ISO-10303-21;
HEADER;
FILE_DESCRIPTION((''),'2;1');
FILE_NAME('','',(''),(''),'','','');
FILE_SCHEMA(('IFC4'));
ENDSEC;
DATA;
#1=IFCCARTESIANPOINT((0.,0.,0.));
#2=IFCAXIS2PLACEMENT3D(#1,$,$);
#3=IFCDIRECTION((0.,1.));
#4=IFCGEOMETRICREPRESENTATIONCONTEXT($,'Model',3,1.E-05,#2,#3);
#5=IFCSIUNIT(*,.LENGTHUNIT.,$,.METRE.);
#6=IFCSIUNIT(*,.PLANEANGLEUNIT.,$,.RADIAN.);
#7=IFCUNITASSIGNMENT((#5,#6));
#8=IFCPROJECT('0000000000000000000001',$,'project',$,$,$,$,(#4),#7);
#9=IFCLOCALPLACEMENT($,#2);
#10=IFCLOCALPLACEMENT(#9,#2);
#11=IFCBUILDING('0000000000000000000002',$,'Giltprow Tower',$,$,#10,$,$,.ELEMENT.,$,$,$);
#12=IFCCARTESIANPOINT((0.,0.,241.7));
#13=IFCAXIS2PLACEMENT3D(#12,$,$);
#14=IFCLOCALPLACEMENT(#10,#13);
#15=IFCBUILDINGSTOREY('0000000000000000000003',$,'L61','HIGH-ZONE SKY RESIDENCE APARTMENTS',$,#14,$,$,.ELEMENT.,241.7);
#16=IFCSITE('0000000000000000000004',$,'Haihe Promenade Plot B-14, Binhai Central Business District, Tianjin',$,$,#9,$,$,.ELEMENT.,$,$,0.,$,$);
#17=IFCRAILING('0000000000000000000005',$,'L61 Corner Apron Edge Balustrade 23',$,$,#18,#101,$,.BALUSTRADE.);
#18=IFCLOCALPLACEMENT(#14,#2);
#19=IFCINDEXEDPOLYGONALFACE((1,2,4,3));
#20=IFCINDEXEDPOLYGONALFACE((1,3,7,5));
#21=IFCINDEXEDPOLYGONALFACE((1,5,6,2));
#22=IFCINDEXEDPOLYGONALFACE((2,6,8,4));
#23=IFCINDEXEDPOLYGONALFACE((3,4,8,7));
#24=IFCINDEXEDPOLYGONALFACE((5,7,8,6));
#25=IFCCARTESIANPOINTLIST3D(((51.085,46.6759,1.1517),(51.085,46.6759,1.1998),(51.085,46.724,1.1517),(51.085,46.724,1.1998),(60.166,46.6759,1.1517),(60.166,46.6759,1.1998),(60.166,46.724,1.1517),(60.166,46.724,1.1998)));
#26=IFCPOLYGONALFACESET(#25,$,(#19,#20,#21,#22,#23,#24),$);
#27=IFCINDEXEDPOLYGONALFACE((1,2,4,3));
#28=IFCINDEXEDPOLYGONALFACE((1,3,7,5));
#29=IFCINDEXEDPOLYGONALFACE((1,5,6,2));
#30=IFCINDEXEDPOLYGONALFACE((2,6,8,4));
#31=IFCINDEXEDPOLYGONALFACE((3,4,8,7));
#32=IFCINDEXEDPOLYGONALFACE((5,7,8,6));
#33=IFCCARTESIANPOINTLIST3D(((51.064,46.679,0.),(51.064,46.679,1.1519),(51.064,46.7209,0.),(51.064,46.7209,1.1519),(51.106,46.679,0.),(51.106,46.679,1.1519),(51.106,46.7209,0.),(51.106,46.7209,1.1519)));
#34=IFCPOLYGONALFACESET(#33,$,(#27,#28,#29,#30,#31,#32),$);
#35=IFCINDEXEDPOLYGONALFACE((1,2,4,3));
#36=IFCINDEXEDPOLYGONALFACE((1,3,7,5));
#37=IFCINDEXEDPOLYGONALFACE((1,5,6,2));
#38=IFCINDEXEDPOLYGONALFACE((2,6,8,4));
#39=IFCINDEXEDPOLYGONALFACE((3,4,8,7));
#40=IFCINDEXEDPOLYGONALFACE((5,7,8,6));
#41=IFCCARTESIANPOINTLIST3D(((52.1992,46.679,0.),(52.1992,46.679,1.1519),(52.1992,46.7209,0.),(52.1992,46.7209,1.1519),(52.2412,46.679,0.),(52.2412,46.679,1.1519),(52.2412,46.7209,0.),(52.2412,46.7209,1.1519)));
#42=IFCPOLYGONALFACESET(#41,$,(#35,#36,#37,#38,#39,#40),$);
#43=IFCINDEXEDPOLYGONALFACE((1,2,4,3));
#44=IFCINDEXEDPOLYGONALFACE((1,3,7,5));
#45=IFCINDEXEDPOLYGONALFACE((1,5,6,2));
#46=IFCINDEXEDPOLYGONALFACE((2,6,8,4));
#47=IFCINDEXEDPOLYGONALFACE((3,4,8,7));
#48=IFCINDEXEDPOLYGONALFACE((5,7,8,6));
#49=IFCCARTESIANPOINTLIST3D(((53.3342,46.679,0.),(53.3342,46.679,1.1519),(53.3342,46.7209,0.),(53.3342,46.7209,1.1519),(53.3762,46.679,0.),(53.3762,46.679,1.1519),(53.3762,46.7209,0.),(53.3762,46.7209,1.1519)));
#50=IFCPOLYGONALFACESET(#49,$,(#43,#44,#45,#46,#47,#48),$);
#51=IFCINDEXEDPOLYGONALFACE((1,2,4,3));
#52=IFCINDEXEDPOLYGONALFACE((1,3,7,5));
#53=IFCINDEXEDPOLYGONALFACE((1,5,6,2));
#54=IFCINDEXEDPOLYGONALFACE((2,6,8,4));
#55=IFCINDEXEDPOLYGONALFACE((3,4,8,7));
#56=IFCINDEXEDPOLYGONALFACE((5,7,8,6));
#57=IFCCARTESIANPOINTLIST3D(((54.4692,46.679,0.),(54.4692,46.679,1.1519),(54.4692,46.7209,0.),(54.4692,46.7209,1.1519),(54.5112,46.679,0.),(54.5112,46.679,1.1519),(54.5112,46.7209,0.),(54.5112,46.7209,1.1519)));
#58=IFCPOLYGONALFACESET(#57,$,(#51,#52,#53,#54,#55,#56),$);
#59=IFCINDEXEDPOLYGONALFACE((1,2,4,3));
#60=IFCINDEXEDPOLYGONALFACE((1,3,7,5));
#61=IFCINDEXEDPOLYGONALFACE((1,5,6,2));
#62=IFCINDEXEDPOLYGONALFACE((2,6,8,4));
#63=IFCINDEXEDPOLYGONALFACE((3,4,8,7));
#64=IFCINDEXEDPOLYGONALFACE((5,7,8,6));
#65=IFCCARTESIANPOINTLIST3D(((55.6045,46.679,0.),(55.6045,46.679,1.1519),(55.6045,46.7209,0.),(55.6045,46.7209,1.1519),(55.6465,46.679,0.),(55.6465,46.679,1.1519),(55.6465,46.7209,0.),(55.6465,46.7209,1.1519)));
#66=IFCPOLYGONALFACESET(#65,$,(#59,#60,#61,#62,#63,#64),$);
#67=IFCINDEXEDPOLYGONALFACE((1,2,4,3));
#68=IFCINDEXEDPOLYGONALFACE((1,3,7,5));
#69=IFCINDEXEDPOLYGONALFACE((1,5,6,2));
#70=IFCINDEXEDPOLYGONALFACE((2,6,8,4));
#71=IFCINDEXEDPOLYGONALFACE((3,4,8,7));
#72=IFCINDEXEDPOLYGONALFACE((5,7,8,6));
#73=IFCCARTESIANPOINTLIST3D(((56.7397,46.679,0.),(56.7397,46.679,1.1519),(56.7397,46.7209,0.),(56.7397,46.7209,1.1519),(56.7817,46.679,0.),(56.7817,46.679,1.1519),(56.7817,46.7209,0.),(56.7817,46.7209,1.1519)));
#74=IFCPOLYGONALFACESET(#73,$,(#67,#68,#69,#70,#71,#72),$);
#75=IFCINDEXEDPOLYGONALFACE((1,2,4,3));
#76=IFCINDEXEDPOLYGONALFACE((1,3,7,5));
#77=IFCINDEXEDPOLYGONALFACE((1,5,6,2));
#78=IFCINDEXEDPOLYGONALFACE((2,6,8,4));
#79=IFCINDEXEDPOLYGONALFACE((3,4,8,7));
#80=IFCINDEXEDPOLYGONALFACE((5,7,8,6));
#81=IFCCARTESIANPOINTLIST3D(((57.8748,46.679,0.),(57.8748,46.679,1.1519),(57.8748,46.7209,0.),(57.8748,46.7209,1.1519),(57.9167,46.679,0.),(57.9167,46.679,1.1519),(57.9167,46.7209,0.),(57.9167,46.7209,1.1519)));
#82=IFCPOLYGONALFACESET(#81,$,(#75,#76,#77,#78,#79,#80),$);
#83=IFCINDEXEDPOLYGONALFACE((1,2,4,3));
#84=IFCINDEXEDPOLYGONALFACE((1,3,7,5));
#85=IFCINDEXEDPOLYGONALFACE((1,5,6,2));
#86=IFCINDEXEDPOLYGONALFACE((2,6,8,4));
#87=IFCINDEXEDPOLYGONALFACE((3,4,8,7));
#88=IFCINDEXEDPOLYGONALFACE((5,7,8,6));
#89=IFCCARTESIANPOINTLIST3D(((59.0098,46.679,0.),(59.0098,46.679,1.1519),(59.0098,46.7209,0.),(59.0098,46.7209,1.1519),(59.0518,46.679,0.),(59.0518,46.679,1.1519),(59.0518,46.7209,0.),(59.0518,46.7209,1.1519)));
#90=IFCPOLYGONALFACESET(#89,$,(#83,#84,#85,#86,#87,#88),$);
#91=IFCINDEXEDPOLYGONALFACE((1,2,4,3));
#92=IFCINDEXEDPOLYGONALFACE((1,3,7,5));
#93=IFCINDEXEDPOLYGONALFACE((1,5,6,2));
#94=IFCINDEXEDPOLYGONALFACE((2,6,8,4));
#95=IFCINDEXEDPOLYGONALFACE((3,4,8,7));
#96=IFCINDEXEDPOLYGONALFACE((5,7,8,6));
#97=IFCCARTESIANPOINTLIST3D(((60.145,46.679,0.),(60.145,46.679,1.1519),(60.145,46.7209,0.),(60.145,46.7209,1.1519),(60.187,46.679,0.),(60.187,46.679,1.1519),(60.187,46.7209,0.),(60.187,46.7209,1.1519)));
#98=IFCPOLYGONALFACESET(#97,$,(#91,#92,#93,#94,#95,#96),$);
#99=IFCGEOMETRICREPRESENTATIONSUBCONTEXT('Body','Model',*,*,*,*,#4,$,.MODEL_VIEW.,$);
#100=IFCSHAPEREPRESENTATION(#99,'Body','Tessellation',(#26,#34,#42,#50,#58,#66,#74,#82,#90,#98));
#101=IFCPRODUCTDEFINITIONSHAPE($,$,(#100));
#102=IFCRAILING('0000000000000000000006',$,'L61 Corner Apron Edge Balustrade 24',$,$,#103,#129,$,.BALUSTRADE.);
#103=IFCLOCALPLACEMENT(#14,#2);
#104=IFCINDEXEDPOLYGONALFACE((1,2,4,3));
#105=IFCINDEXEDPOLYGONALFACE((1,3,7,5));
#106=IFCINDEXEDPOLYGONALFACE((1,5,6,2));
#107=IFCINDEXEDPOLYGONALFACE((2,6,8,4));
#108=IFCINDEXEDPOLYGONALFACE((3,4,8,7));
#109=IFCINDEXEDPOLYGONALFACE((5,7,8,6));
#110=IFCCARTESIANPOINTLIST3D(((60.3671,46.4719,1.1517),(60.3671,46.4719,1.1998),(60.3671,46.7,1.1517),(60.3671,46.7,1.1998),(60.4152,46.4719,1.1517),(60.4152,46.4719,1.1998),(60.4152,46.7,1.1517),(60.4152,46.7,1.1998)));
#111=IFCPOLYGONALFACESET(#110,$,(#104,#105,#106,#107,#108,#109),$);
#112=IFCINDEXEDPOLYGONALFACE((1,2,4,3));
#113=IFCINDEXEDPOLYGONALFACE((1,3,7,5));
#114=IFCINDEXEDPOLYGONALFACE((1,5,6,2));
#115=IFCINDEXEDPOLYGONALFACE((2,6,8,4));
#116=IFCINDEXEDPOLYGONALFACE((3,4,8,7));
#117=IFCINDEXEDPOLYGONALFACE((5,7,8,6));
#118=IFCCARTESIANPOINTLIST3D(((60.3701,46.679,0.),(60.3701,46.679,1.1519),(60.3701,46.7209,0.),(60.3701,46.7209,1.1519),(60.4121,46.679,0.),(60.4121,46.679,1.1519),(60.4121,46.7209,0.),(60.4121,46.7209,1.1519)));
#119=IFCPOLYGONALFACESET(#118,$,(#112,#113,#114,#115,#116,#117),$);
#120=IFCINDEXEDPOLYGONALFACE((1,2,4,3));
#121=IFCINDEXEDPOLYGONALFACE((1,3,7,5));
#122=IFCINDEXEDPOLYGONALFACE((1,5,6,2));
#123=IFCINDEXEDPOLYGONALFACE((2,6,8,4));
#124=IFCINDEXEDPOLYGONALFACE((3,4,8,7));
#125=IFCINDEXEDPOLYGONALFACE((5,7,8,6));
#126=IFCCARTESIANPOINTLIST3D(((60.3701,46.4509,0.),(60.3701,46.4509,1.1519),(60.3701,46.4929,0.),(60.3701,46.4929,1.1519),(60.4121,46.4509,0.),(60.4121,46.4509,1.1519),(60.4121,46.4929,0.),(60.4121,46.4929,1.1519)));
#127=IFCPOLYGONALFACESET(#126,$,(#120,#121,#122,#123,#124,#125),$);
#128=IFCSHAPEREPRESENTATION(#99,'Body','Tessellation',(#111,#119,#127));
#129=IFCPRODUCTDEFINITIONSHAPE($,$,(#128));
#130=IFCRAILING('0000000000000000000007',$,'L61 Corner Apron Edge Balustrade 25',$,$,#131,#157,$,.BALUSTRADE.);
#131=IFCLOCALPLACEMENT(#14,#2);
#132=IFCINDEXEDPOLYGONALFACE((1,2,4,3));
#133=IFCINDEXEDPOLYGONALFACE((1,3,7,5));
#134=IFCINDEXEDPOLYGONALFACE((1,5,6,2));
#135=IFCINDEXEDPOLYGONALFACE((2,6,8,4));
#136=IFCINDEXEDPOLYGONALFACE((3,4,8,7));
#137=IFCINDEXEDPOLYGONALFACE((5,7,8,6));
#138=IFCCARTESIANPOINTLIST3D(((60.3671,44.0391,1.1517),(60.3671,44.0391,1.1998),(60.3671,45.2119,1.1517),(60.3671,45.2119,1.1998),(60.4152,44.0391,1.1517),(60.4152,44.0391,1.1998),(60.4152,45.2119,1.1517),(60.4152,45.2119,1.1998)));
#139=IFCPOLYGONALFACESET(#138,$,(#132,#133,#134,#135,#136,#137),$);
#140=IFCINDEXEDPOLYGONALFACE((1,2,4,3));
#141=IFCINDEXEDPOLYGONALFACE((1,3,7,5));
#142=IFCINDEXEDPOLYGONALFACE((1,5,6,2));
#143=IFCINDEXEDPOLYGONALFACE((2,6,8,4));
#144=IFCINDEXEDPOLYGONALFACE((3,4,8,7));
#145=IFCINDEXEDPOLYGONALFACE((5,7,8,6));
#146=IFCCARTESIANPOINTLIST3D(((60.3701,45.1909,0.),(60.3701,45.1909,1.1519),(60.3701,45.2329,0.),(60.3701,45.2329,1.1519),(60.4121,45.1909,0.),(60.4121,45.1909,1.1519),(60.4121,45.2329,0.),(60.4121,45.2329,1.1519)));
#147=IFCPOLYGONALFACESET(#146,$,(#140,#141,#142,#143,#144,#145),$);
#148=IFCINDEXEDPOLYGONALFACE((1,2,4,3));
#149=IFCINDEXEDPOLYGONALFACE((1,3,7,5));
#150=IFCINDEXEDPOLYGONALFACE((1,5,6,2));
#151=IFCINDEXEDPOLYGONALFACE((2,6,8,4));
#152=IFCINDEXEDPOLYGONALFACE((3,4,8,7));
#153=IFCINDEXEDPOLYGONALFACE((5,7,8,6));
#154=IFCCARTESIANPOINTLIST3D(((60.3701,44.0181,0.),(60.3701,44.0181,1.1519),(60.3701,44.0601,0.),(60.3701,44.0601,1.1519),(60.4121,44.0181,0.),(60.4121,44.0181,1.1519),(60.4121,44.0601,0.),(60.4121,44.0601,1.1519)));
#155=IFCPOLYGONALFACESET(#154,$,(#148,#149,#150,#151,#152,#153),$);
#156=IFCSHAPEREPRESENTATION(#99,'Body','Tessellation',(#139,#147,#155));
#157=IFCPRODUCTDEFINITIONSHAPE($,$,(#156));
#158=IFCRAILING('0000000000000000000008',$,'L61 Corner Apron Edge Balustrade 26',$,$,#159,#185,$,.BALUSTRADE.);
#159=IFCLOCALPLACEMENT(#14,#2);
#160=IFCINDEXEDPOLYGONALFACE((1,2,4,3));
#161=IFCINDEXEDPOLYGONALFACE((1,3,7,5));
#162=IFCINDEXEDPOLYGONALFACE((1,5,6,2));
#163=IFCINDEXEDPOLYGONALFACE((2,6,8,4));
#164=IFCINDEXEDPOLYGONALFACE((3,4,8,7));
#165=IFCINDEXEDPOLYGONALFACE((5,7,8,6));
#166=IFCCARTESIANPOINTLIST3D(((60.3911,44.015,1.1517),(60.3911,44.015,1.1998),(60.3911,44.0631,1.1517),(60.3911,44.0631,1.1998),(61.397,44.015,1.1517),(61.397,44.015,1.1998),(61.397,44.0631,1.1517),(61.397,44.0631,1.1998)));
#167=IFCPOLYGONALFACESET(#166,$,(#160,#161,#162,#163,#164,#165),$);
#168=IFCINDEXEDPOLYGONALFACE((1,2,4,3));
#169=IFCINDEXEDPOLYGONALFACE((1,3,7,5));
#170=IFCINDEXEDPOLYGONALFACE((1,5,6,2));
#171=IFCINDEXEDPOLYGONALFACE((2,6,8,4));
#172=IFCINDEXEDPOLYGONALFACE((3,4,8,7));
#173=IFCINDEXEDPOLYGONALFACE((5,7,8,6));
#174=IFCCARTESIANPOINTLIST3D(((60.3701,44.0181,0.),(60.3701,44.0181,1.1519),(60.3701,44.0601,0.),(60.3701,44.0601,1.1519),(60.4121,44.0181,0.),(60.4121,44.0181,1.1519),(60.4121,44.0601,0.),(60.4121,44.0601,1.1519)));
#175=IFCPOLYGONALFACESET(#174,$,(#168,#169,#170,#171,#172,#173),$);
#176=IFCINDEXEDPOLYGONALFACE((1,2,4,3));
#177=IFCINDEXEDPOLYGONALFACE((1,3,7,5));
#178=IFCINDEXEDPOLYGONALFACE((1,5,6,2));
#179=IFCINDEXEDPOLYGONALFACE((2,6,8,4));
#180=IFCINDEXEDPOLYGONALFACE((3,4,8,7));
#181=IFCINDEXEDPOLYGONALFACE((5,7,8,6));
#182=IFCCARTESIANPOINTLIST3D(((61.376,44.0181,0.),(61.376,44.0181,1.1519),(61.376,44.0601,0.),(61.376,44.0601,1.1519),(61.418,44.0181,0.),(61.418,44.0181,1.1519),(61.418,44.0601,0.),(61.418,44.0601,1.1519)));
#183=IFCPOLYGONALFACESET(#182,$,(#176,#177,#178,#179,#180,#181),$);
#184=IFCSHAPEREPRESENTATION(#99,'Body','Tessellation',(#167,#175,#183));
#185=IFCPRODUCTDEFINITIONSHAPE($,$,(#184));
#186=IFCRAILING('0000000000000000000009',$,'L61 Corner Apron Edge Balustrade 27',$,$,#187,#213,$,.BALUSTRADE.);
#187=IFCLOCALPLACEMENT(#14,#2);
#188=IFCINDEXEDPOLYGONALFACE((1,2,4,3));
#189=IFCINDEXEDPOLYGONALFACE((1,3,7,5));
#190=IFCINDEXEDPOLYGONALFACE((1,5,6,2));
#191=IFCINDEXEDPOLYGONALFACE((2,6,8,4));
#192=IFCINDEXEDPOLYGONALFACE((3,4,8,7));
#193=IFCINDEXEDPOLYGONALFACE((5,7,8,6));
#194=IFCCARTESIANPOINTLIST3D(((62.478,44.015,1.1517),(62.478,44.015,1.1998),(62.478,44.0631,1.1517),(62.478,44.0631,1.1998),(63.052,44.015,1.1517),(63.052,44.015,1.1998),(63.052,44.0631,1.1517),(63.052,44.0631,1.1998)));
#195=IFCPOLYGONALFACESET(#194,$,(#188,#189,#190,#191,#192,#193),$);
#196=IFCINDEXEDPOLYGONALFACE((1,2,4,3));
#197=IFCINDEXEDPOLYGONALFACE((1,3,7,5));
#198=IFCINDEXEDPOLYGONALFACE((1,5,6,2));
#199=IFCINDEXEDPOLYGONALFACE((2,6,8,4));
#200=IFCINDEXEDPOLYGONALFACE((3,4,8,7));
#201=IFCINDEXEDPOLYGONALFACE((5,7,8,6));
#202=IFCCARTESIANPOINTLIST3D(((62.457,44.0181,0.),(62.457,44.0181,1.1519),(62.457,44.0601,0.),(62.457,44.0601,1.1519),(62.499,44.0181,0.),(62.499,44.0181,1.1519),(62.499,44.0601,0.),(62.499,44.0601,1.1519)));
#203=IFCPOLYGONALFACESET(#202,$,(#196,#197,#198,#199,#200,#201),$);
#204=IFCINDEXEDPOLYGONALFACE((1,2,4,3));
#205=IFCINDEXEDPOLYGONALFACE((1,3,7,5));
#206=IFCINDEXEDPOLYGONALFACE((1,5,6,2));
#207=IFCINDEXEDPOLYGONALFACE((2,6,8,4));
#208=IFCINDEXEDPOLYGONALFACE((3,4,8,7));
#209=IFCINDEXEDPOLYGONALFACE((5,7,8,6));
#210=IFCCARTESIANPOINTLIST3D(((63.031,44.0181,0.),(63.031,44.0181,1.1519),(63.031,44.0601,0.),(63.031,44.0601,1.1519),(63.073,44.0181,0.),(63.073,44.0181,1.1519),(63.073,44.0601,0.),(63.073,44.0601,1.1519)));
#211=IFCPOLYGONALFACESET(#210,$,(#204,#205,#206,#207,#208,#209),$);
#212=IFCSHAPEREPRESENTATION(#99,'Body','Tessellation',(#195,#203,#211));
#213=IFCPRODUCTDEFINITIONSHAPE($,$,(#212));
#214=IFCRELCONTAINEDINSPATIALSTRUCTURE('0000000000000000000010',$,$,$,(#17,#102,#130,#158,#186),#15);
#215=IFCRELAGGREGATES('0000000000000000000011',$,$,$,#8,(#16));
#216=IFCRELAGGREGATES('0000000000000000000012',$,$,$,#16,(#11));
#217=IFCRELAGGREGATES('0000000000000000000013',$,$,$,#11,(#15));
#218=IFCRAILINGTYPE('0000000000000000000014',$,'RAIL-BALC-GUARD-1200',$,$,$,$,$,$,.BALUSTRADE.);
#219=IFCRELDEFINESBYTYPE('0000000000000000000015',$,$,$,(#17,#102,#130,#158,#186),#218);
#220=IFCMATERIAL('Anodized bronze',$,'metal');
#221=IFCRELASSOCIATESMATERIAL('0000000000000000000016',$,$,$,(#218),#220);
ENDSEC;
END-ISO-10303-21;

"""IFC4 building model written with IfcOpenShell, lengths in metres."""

from ifc_helpers import new_model, si_unit, direction, frame, origin, origin_2d, place, context, subcontext, project, spatial, rectangle, extrude, material, type_object, element, save


model = new_model("IFC4")

# Units and contexts
model_context = context("Model", 3, precision=1e-05, world=origin(), true_north=direction((0.0, 1.0)))
body_context = subcontext(model_context, "Body", "Model", "MODEL_VIEW")
ifc_project = project(units=[si_unit("LENGTHUNIT", "METRE"), si_unit("PLANEANGLEUNIT", "RADIAN")], contexts=[model_context])

# Site, building, storey
site_placement = place(None, origin())
site = spatial("IfcSite", under=ifc_project, at=site_placement, Name="Haihe Promenade Plot B-14, Binhai Central Business District, Tianjin", CompositionType="ELEMENT", RefElevation=0.0)
building_placement = place(site_placement, origin())
building = spatial("IfcBuilding", under=site, at=building_placement, Name="Giltprow Tower", CompositionType="ELEMENT")
storey_placement = place(building_placement, frame((0.0, 0.0, 241.7)))
storey = spatial("IfcBuildingStorey", under=building, at=storey_placement, Name="L61", Description="HIGH-ZONE SKY RESIDENCE APARTMENTS", CompositionType="ELEMENT", Elevation=241.7)

# Railings
ifc_material_1 = material(Name="Anodized bronze", Category="metal")
railing_type_1 = type_object("IfcRailingType", Name="RAIL-BALC-GUARD-1200", PredefinedType="BALUSTRADE", material=ifc_material_1)
railing_1_placement = place(storey_placement, frame((51.085, 46.7, 0.0)))
element("IfcRailing", 1, at=railing_1_placement, inside=storey, type_object=railing_type_1, Name="L61 Corner Apron Edge Balustrade 23", PredefinedType="BALUSTRADE", context=body_context, shape_type="SweptSolid", body=[
    extrude(rectangle(XDim=0.0481, YDim=0.0481, at=origin_2d()), frame((0.0, 0.0, 1.1758), z_axis=(1.0, 0.0, 0.0), x_axis=(0.0, 1.0, 0.0)), (0.0, 0.0, 1.0), 9.0811),
    extrude(rectangle(XDim=0.042, YDim=0.042, at=origin_2d()), origin(), (0.0, 0.0, 1.0), 1.1519),
    extrude(rectangle(XDim=0.042, YDim=0.042, at=origin_2d()), frame((1.1353, 0.0, 0.0)), (0.0, 0.0, 1.0), 1.1519),
    extrude(rectangle(XDim=0.042, YDim=0.042, at=origin_2d()), frame((2.2703, 0.0, 0.0)), (0.0, 0.0, 1.0), 1.1519),
    extrude(rectangle(XDim=0.042, YDim=0.042, at=origin_2d()), frame((3.4053, 0.0, 0.0)), (0.0, 0.0, 1.0), 1.1519),
    extrude(rectangle(XDim=0.042, YDim=0.042, at=origin_2d()), frame((4.5405, 0.0, 0.0)), (0.0, 0.0, 1.0), 1.1519),
    extrude(rectangle(XDim=0.042, YDim=0.042, at=origin_2d()), frame((5.6758, 0.0, 0.0)), (0.0, 0.0, 1.0), 1.1519),
    extrude(rectangle(XDim=0.042, YDim=0.042, at=origin_2d()), frame((6.8108, 0.0, 0.0)), (0.0, 0.0, 1.0), 1.1519),
    extrude(rectangle(XDim=0.042, YDim=0.042, at=origin_2d()), frame((7.9458, 0.0, 0.0)), (0.0, 0.0, 1.0), 1.1519),
    extrude(rectangle(XDim=0.042, YDim=0.042, at=origin_2d()), frame((9.0811, 0.0, 0.0)), (0.0, 0.0, 1.0), 1.1519),
])
railing_2_placement = place(storey_placement, frame((60.3911, 46.7, 0.0)))
element("IfcRailing", 2, at=railing_2_placement, inside=storey, type_object=railing_type_1, Name="L61 Corner Apron Edge Balustrade 24", PredefinedType="BALUSTRADE", context=body_context, shape_type="SweptSolid", body=[
    extrude(rectangle(XDim=0.0481, YDim=0.0481, at=origin_2d()), frame((0.0, 0.0, 1.1758), z_axis=(0.0, -1.0, 0.0), x_axis=(1.0, 0.0, 0.0)), (0.0, 0.0, 1.0), 0.228),
    extrude(rectangle(XDim=0.042, YDim=0.042, at=origin_2d()), origin(), (0.0, 0.0, 1.0), 1.1519),
    extrude(rectangle(XDim=0.042, YDim=0.042, at=origin_2d()), frame((0.0, -0.228, 0.0)), (0.0, 0.0, 1.0), 1.1519),
])
railing_3_placement = place(storey_placement, frame((60.3911, 45.2119, 0.0)))
element("IfcRailing", 3, at=railing_3_placement, inside=storey, type_object=railing_type_1, Name="L61 Corner Apron Edge Balustrade 25", PredefinedType="BALUSTRADE", context=body_context, shape_type="SweptSolid", body=[
    extrude(rectangle(XDim=0.0481, YDim=0.0481, at=origin_2d()), frame((0.0, 0.0, 1.1758), z_axis=(0.0, -1.0, 0.0), x_axis=(1.0, 0.0, 0.0)), (0.0, 0.0, 1.0), 1.1729),
    extrude(rectangle(XDim=0.042, YDim=0.042, at=origin_2d()), origin(), (0.0, 0.0, 1.0), 1.1519),
    extrude(rectangle(XDim=0.042, YDim=0.042, at=origin_2d()), frame((0.0, -1.1729, 0.0)), (0.0, 0.0, 1.0), 1.1519),
])
railing_4_placement = place(storey_placement, frame((60.3911, 44.0391, 0.0)))
element("IfcRailing", 4, at=railing_4_placement, inside=storey, type_object=railing_type_1, Name="L61 Corner Apron Edge Balustrade 26", PredefinedType="BALUSTRADE", context=body_context, shape_type="SweptSolid", body=[
    extrude(rectangle(XDim=0.0481, YDim=0.0481, at=origin_2d()), frame((0.0, 0.0, 1.1758), z_axis=(1.0, 0.0, 0.0), x_axis=(0.0, 1.0, 0.0)), (0.0, 0.0, 1.0), 1.0059),
    extrude(rectangle(XDim=0.042, YDim=0.042, at=origin_2d()), origin(), (0.0, 0.0, 1.0), 1.1519),
    extrude(rectangle(XDim=0.042, YDim=0.042, at=origin_2d()), frame((1.0059, 0.0, 0.0)), (0.0, 0.0, 1.0), 1.1519),
])
railing_5_placement = place(storey_placement, frame((62.478, 44.0391, 0.0)))
element("IfcRailing", 5, at=railing_5_placement, inside=storey, type_object=railing_type_1, Name="L61 Corner Apron Edge Balustrade 27", PredefinedType="BALUSTRADE", context=body_context, shape_type="SweptSolid", body=[
    extrude(rectangle(XDim=0.0481, YDim=0.0481, at=origin_2d()), frame((0.0, 0.0, 1.1758), z_axis=(1.0, 0.0, 0.0), x_axis=(0.0, 1.0, 0.0)), (0.0, 0.0, 1.0), 0.574),
    extrude(rectangle(XDim=0.042, YDim=0.042, at=origin_2d()), origin(), (0.0, 0.0, 1.0), 1.1519),
    extrude(rectangle(XDim=0.042, YDim=0.042, at=origin_2d()), frame((0.574, 0.0, 0.0)), (0.0, 0.0, 1.0), 1.1519),
])

save(model, "model.ifc")
